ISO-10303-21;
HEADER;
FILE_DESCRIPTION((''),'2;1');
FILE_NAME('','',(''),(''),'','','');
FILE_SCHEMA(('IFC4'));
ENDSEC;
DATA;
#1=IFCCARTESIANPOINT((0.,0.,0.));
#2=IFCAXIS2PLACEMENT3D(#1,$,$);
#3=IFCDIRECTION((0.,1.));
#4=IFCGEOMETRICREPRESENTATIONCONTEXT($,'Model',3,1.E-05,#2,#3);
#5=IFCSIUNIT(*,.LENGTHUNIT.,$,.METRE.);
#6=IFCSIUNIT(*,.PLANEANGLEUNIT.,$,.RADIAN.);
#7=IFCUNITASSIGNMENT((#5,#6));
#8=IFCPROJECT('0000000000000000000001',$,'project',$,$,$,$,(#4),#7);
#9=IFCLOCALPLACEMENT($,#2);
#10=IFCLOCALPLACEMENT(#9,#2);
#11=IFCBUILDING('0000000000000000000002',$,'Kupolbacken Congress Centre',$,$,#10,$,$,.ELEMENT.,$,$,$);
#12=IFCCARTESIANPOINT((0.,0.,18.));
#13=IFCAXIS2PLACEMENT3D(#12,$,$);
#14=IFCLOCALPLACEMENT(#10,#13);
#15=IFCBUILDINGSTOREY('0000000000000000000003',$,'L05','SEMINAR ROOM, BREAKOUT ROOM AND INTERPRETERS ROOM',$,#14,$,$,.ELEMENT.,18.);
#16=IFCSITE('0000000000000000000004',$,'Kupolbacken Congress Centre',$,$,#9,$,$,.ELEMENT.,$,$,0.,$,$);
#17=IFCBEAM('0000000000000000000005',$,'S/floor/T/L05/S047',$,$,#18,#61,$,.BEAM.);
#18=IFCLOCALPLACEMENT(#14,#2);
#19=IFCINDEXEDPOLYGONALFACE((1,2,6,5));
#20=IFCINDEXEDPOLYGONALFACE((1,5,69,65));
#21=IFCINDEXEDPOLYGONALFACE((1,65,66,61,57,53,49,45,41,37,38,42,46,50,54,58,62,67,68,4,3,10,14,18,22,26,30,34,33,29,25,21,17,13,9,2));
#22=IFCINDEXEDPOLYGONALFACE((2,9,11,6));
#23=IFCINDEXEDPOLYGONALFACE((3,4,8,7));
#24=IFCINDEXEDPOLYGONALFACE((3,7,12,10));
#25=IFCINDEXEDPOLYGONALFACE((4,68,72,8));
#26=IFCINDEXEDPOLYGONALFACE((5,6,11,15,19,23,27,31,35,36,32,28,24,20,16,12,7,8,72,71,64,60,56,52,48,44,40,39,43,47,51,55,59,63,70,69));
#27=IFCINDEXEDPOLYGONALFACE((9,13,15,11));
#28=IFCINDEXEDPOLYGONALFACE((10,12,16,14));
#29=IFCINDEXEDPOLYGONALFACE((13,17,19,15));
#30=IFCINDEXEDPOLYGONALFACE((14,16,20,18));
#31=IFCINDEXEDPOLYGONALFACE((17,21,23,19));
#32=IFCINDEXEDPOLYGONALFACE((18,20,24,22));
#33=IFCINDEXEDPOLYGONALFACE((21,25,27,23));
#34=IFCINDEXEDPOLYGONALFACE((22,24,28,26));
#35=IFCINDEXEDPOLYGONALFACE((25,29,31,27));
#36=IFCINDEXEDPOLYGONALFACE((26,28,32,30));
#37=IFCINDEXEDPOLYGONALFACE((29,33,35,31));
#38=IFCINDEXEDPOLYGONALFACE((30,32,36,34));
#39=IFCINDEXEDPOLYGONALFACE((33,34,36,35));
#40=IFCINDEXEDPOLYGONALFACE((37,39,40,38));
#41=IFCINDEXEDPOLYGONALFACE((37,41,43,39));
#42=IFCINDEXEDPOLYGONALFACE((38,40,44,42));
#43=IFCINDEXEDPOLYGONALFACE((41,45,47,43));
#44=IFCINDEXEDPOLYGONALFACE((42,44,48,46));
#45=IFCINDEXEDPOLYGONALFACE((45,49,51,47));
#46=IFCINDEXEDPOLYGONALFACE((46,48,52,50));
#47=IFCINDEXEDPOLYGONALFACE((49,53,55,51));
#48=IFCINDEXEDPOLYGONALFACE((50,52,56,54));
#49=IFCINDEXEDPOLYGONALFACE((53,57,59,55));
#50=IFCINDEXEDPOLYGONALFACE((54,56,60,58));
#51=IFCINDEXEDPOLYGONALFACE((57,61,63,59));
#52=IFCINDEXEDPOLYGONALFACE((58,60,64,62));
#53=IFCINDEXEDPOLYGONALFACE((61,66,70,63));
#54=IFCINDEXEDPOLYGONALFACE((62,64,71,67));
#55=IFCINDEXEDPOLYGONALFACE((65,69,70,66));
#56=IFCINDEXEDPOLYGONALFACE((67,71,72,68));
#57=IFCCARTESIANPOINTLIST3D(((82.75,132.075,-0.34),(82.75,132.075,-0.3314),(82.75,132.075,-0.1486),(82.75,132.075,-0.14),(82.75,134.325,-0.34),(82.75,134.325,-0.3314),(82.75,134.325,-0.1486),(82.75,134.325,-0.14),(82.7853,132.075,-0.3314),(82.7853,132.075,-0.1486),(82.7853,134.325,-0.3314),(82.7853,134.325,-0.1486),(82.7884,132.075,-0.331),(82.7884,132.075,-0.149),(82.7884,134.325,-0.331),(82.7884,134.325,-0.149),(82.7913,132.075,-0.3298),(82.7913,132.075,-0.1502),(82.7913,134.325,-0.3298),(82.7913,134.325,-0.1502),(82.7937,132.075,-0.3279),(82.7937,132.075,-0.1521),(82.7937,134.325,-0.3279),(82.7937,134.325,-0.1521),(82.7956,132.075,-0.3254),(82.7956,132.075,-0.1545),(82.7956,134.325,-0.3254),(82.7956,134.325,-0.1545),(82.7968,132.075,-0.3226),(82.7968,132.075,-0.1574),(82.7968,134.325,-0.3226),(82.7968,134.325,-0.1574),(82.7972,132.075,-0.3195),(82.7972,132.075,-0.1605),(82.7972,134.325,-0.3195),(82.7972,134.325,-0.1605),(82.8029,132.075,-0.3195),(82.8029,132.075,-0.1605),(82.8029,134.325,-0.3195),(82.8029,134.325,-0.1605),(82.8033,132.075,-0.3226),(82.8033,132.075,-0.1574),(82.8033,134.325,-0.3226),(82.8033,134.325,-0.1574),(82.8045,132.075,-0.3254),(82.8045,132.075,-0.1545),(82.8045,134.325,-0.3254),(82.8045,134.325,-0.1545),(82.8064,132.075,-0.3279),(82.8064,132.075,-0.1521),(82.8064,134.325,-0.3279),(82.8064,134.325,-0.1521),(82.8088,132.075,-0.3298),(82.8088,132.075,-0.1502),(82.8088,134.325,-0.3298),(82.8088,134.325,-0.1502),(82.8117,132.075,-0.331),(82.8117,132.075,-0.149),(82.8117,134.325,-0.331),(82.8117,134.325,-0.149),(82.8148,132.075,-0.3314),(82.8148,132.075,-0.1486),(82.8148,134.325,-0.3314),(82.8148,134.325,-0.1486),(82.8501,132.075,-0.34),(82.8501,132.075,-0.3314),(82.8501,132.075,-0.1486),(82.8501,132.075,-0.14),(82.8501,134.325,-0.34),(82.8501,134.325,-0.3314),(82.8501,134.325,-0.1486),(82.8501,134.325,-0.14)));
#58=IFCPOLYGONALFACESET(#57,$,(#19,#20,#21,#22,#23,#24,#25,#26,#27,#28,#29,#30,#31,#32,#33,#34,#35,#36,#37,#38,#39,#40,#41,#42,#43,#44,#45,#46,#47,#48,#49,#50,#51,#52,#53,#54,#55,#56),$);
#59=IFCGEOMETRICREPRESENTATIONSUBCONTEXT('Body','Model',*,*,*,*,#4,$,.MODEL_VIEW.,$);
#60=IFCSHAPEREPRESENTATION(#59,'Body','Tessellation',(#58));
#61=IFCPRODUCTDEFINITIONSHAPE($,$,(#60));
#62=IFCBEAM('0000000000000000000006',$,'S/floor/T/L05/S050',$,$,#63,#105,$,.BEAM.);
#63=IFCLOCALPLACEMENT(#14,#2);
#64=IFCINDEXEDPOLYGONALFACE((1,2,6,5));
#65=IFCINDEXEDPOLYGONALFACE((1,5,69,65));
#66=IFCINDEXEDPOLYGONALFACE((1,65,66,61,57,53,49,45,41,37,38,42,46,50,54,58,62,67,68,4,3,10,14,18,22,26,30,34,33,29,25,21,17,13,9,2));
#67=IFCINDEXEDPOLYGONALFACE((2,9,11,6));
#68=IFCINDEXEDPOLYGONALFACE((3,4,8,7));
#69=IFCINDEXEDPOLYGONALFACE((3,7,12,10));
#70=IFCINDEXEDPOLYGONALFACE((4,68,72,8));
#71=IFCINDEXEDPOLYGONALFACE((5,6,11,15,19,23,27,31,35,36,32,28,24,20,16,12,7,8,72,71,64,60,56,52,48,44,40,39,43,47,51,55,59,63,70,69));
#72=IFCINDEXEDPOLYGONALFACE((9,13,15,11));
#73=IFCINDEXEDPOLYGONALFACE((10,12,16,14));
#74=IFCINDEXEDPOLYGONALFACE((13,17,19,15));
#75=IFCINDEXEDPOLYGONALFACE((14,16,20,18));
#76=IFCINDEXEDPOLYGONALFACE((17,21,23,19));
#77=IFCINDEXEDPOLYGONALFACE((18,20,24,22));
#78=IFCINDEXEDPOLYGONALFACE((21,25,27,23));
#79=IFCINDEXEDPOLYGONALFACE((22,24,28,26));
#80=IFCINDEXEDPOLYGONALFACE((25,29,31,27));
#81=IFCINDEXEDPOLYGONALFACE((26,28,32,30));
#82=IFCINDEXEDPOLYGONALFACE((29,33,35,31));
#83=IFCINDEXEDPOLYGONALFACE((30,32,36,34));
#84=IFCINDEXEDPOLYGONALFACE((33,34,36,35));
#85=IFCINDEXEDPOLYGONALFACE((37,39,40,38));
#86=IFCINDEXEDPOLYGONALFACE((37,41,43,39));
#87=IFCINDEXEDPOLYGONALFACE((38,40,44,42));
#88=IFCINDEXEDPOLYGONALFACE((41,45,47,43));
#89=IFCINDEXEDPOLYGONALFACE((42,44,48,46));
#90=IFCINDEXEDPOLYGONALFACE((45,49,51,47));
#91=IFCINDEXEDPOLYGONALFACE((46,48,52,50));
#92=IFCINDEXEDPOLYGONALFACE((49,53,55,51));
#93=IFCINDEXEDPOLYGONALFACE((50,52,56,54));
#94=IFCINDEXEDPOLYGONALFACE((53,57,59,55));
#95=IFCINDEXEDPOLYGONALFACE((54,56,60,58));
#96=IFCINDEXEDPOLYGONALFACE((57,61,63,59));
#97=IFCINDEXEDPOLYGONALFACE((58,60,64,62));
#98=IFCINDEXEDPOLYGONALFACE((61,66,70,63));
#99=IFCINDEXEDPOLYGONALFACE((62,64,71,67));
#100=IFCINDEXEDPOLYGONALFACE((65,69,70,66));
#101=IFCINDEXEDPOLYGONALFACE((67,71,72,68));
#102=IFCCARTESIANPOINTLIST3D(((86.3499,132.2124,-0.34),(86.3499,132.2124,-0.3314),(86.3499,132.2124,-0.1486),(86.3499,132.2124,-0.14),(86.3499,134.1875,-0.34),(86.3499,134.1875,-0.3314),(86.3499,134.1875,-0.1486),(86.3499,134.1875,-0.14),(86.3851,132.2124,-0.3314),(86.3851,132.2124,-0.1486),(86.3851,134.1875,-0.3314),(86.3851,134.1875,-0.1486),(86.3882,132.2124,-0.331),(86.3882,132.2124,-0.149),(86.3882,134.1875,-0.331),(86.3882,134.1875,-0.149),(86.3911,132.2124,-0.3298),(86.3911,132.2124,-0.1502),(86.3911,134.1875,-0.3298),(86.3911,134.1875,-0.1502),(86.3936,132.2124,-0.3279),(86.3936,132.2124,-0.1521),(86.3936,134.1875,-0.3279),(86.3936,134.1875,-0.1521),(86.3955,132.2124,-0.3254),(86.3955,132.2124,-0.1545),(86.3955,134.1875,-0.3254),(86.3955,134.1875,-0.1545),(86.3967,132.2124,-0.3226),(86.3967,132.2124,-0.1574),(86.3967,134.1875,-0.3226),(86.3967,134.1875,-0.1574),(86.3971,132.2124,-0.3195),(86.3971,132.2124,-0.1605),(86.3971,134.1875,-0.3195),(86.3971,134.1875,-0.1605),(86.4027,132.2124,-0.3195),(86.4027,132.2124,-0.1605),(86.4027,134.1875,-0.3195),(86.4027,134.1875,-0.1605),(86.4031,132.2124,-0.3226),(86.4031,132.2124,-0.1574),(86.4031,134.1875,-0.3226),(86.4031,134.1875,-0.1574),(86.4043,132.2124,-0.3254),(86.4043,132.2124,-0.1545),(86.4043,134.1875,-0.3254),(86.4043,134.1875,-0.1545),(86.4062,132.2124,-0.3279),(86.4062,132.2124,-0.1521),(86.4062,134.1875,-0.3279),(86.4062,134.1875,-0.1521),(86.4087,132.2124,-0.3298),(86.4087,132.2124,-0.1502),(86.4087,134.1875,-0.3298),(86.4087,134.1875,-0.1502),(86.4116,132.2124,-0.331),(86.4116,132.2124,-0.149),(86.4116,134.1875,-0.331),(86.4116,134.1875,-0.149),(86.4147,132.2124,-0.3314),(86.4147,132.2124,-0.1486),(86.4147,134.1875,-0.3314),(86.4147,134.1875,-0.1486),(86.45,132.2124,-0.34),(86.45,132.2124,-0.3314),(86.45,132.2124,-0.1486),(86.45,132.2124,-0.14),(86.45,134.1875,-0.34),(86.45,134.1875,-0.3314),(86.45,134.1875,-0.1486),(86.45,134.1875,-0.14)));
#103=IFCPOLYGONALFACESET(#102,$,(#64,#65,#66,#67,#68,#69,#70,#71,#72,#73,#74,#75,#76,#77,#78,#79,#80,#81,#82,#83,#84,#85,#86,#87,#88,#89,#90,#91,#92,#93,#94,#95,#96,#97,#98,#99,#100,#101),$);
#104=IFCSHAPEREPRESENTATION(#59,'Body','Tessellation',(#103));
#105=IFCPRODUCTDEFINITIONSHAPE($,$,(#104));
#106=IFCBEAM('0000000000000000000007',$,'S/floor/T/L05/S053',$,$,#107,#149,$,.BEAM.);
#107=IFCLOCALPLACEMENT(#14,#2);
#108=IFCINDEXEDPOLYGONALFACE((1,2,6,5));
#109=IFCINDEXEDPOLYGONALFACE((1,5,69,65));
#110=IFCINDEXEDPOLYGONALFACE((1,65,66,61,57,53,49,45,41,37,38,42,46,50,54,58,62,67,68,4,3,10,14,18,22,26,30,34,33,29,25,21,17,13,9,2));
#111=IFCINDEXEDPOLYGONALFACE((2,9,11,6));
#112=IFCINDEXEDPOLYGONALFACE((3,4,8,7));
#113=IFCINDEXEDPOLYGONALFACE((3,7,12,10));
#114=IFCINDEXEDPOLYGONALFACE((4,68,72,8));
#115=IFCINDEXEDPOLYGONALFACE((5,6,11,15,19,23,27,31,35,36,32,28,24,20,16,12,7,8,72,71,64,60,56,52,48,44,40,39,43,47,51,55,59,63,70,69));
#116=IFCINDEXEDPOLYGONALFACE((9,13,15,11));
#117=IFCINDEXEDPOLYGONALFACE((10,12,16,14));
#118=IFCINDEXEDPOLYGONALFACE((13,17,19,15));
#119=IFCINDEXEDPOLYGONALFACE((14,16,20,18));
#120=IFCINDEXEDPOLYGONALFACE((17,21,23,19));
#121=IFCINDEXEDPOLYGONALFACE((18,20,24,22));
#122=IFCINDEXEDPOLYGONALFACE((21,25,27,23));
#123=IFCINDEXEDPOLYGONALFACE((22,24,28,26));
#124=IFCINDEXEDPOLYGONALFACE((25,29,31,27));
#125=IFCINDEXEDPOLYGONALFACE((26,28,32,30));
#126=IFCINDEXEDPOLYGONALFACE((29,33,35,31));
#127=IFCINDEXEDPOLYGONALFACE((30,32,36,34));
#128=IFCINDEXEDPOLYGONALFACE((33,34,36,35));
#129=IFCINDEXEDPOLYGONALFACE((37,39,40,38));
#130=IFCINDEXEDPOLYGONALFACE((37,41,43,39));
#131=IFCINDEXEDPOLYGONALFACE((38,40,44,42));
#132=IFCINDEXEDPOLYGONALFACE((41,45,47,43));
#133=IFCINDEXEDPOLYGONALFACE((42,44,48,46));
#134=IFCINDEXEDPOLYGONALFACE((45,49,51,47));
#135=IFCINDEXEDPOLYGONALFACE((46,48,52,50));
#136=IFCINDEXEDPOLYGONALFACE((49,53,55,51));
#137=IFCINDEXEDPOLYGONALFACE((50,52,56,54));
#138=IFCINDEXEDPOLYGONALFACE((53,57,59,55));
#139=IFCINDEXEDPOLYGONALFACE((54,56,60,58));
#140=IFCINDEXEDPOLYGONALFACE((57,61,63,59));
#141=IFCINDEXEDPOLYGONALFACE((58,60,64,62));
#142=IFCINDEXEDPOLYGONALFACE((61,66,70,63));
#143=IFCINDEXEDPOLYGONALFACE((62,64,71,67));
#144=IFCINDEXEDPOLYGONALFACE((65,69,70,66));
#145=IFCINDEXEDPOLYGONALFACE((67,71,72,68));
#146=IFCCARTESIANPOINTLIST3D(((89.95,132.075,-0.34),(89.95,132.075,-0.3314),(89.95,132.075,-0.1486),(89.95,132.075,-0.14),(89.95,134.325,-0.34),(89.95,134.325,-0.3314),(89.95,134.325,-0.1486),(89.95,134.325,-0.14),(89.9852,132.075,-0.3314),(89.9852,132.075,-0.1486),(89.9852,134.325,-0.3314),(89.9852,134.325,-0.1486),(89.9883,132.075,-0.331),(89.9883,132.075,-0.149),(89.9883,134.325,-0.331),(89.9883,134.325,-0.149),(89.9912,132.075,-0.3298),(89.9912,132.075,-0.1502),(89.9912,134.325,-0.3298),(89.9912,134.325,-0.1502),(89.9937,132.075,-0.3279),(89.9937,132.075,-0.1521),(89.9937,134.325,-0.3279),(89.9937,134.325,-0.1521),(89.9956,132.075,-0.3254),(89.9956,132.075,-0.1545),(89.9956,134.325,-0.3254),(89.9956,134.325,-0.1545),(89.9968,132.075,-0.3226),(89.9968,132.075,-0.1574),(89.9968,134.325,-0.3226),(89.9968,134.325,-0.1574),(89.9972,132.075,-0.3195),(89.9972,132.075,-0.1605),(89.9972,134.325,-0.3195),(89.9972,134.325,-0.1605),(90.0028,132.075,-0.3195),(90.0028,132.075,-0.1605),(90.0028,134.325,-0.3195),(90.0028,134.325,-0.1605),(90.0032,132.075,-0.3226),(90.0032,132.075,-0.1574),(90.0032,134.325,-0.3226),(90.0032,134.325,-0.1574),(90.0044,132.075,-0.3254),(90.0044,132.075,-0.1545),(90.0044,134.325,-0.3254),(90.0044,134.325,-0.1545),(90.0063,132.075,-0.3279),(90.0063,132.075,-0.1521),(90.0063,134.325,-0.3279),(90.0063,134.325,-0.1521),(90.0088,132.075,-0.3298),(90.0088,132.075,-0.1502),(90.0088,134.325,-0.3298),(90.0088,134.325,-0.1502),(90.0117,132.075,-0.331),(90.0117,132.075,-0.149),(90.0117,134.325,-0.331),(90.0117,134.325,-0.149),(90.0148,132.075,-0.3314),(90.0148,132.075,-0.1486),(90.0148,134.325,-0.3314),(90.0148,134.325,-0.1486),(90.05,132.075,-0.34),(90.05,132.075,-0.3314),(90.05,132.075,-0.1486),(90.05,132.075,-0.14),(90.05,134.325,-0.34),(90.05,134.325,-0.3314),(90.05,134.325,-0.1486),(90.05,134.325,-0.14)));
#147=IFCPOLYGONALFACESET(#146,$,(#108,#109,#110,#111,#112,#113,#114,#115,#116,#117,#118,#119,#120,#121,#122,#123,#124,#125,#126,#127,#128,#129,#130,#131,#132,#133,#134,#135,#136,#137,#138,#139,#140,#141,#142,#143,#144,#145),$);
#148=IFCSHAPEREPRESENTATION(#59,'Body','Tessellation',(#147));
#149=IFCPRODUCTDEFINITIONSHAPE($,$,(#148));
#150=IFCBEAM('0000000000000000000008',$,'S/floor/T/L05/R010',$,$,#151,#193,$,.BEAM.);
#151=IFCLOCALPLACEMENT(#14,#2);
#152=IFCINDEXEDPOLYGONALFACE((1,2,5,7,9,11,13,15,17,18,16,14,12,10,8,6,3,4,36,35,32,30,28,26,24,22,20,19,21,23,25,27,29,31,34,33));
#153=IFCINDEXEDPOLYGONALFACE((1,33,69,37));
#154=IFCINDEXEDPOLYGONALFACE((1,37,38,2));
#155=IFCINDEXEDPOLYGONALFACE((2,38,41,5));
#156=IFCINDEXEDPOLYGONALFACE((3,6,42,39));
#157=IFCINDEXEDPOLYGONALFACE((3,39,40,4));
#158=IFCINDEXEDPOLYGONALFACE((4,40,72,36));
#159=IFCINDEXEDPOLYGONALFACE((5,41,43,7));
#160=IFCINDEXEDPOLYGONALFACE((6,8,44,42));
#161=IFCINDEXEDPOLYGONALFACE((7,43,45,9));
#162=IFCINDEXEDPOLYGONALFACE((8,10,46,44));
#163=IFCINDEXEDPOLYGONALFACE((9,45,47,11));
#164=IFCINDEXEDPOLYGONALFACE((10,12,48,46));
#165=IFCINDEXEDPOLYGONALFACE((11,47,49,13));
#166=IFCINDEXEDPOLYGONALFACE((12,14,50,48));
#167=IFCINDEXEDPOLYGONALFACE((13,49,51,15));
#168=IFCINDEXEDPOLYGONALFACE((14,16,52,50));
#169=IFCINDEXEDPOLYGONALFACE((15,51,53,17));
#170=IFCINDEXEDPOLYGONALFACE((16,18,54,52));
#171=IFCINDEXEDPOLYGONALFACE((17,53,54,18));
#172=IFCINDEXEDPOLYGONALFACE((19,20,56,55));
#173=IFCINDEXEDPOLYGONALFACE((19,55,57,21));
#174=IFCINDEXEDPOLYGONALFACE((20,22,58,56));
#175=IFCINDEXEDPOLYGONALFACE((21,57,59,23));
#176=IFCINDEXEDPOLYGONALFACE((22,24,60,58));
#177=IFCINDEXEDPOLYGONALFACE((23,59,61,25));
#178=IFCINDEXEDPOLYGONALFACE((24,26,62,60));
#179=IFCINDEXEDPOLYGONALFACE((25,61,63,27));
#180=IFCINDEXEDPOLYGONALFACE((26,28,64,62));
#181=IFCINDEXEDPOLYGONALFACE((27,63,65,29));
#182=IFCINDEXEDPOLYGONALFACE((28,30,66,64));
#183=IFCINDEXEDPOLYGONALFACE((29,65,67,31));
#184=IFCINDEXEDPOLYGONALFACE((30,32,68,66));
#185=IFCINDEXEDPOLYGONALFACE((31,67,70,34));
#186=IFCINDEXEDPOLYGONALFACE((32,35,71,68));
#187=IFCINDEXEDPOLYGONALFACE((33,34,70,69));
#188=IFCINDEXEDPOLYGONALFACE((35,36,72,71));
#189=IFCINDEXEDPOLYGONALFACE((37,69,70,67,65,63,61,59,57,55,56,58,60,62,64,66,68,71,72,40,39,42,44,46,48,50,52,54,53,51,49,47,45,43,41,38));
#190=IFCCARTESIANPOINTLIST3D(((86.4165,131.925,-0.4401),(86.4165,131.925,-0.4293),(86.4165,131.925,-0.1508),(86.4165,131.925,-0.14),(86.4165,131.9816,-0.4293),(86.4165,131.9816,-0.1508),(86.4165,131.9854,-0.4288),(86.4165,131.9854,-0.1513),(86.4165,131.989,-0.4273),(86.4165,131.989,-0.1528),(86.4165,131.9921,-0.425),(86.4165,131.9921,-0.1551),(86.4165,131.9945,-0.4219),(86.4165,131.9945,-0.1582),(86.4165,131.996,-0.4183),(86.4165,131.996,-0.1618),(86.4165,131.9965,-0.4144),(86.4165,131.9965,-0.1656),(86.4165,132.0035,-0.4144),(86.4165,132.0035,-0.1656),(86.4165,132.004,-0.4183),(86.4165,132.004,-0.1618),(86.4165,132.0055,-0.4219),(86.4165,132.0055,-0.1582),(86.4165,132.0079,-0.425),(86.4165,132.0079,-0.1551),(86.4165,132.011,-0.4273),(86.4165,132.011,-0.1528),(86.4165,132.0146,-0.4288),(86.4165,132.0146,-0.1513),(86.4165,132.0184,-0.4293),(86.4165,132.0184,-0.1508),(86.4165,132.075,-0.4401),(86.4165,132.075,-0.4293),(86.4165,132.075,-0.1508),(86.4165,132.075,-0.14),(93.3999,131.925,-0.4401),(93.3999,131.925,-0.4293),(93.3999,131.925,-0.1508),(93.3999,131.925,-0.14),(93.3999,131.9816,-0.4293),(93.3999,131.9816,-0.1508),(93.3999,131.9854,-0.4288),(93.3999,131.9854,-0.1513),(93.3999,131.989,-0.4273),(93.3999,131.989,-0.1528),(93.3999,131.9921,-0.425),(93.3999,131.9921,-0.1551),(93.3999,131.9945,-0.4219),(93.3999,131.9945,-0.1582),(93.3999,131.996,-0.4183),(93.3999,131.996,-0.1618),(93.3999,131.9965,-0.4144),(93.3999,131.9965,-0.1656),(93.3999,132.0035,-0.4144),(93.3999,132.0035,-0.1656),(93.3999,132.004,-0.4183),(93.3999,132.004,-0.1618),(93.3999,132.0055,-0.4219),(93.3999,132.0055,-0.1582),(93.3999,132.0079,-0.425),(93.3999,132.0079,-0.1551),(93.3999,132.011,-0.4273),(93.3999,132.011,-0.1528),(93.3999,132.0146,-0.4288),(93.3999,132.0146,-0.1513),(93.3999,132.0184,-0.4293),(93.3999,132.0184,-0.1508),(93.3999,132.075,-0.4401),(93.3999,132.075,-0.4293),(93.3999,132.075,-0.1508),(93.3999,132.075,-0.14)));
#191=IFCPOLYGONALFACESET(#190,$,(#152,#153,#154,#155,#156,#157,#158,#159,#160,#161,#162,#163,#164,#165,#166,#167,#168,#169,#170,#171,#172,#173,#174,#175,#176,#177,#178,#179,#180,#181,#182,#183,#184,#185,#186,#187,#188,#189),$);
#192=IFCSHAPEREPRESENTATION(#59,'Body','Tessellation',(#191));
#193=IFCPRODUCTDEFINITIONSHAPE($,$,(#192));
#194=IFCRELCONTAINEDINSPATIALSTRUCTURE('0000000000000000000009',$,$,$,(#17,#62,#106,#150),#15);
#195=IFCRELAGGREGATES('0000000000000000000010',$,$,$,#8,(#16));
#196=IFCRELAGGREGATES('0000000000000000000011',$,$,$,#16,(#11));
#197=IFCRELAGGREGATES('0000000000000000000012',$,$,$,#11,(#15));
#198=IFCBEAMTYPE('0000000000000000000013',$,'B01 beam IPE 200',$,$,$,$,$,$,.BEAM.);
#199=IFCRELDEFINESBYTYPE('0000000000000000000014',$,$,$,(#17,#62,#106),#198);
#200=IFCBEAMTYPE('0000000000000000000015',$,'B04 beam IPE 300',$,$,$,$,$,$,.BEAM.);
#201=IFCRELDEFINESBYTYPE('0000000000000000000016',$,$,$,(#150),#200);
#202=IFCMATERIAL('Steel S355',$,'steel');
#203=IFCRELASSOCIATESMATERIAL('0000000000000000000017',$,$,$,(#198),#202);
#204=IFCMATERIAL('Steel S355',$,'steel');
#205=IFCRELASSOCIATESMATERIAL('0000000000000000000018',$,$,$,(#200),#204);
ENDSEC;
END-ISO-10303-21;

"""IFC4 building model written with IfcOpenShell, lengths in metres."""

from ifc_helpers import new_model, si_unit, direction, frame, origin, origin_2d, place, context, subcontext, project, spatial, i_section, extrude, material, material_profile, profile_set, type_object, element, save


model = new_model("IFC4")

# Units and contexts
model_context = context("Model", 3, precision=1e-05, world=origin(), true_north=direction((0.0, 1.0)))
body_context = subcontext(model_context, "Body", "Model", "MODEL_VIEW")
ifc_project = project(units=[si_unit("LENGTHUNIT", "METRE"), si_unit("PLANEANGLEUNIT", "RADIAN")], contexts=[model_context])

# Site, building, storey
site_placement = place(None, origin())
site = spatial("IfcSite", under=ifc_project, at=site_placement, Name="Kupolbacken Congress Centre", CompositionType="ELEMENT", RefElevation=0.0)
building_placement = place(site_placement, origin())
building = spatial("IfcBuilding", under=site, at=building_placement, Name="Kupolbacken Congress Centre", CompositionType="ELEMENT")
storey_placement = place(building_placement, frame((0.0, 0.0, 18.0)))
storey = spatial("IfcBuildingStorey", under=building, at=storey_placement, Name="L05", Description="SEMINAR ROOM, BREAKOUT ROOM AND INTERPRETERS ROOM", CompositionType="ELEMENT", Elevation=18.0)

# Beams
ifc_material_1 = material(Name="Steel S355", Category="steel")
ifc_material_profile_1 = material_profile(ifc_material_1, i_section(OverallWidth=0.1001, OverallDepth=0.2, WebThickness=0.0056, FlangeThickness=0.0085, FilletRadius=0.012, at=origin_2d()), Name="IPE 200")
ifc_profile_set_1 = profile_set([ifc_material_profile_1], Name="Steel S355")
beam_type_1 = type_object("IfcBeamType", Name="B01 beam IPE 200", PredefinedType="BEAM", material=ifc_profile_set_1)
beam_1_placement = place(storey_placement, frame((82.8, 132.075, -0.24), z_axis=(0.0, 1.0, 0.0), x_axis=(-1.0, 0.0, 0.0)))
element("IfcBeam", 1, at=beam_1_placement, inside=storey, type_object=beam_type_1, Name="S/floor/T/L05/S047", PredefinedType="BEAM", context=body_context, shape_type="SweptSolid", body=[
    extrude(i_section(OverallWidth=0.1001, OverallDepth=0.2, WebThickness=0.0056, FlangeThickness=0.0085, FilletRadius=0.012, at=origin_2d()), origin(), (0.0, 0.0, 1.0), 2.25),
])
beam_2_placement = place(storey_placement, frame((86.3999, 132.2124, -0.24), z_axis=(0.0, 1.0, 0.0), x_axis=(-1.0, 0.0, 0.0)))
element("IfcBeam", 2, at=beam_2_placement, inside=storey, type_object=beam_type_1, Name="S/floor/T/L05/S050", PredefinedType="BEAM", context=body_context, shape_type="SweptSolid", body=[
    extrude(i_section(OverallWidth=0.1001, OverallDepth=0.2, WebThickness=0.0056, FlangeThickness=0.0085, FilletRadius=0.012, at=origin_2d()), origin(), (0.0, 0.0, 1.0), 1.9751),
])
beam_3_placement = place(storey_placement, frame((90.0, 132.075, -0.24), z_axis=(0.0, 1.0, 0.0), x_axis=(-1.0, 0.0, 0.0)))
element("IfcBeam", 3, at=beam_3_placement, inside=storey, type_object=beam_type_1, Name="S/floor/T/L05/S053", PredefinedType="BEAM", context=body_context, shape_type="SweptSolid", body=[
    extrude(i_section(OverallWidth=0.1001, OverallDepth=0.2, WebThickness=0.0056, FlangeThickness=0.0085, FilletRadius=0.012, at=origin_2d()), origin(), (0.0, 0.0, 1.0), 2.25),
])
ifc_material_2 = material(Name="Steel S355", Category="steel")
ifc_material_profile_2 = material_profile(ifc_material_2, i_section(OverallWidth=0.1499, OverallDepth=0.3, WebThickness=0.0071, FlangeThickness=0.0107, FilletRadius=0.0149, at=origin_2d()), Name="IPE 300")
ifc_profile_set_2 = profile_set([ifc_material_profile_2], Name="Steel S355")
beam_type_2 = type_object("IfcBeamType", Name="B04 beam IPE 300", PredefinedType="BEAM", material=ifc_profile_set_2)
beam_4_placement = place(storey_placement, frame((86.4165, 132.0, -0.29), z_axis=(1.0, 0.0, 0.0), x_axis=(0.0, 1.0, 0.0)))
element("IfcBeam", 4, at=beam_4_placement, inside=storey, type_object=beam_type_2, Name="S/floor/T/L05/R010", PredefinedType="BEAM", context=body_context, shape_type="SweptSolid", body=[
    extrude(i_section(OverallWidth=0.1499, OverallDepth=0.3, WebThickness=0.0071, FlangeThickness=0.0107, FilletRadius=0.0149, at=origin_2d()), origin(), (0.0, 0.0, 1.0), 6.9834),
])

save(model, "model.ifc")
